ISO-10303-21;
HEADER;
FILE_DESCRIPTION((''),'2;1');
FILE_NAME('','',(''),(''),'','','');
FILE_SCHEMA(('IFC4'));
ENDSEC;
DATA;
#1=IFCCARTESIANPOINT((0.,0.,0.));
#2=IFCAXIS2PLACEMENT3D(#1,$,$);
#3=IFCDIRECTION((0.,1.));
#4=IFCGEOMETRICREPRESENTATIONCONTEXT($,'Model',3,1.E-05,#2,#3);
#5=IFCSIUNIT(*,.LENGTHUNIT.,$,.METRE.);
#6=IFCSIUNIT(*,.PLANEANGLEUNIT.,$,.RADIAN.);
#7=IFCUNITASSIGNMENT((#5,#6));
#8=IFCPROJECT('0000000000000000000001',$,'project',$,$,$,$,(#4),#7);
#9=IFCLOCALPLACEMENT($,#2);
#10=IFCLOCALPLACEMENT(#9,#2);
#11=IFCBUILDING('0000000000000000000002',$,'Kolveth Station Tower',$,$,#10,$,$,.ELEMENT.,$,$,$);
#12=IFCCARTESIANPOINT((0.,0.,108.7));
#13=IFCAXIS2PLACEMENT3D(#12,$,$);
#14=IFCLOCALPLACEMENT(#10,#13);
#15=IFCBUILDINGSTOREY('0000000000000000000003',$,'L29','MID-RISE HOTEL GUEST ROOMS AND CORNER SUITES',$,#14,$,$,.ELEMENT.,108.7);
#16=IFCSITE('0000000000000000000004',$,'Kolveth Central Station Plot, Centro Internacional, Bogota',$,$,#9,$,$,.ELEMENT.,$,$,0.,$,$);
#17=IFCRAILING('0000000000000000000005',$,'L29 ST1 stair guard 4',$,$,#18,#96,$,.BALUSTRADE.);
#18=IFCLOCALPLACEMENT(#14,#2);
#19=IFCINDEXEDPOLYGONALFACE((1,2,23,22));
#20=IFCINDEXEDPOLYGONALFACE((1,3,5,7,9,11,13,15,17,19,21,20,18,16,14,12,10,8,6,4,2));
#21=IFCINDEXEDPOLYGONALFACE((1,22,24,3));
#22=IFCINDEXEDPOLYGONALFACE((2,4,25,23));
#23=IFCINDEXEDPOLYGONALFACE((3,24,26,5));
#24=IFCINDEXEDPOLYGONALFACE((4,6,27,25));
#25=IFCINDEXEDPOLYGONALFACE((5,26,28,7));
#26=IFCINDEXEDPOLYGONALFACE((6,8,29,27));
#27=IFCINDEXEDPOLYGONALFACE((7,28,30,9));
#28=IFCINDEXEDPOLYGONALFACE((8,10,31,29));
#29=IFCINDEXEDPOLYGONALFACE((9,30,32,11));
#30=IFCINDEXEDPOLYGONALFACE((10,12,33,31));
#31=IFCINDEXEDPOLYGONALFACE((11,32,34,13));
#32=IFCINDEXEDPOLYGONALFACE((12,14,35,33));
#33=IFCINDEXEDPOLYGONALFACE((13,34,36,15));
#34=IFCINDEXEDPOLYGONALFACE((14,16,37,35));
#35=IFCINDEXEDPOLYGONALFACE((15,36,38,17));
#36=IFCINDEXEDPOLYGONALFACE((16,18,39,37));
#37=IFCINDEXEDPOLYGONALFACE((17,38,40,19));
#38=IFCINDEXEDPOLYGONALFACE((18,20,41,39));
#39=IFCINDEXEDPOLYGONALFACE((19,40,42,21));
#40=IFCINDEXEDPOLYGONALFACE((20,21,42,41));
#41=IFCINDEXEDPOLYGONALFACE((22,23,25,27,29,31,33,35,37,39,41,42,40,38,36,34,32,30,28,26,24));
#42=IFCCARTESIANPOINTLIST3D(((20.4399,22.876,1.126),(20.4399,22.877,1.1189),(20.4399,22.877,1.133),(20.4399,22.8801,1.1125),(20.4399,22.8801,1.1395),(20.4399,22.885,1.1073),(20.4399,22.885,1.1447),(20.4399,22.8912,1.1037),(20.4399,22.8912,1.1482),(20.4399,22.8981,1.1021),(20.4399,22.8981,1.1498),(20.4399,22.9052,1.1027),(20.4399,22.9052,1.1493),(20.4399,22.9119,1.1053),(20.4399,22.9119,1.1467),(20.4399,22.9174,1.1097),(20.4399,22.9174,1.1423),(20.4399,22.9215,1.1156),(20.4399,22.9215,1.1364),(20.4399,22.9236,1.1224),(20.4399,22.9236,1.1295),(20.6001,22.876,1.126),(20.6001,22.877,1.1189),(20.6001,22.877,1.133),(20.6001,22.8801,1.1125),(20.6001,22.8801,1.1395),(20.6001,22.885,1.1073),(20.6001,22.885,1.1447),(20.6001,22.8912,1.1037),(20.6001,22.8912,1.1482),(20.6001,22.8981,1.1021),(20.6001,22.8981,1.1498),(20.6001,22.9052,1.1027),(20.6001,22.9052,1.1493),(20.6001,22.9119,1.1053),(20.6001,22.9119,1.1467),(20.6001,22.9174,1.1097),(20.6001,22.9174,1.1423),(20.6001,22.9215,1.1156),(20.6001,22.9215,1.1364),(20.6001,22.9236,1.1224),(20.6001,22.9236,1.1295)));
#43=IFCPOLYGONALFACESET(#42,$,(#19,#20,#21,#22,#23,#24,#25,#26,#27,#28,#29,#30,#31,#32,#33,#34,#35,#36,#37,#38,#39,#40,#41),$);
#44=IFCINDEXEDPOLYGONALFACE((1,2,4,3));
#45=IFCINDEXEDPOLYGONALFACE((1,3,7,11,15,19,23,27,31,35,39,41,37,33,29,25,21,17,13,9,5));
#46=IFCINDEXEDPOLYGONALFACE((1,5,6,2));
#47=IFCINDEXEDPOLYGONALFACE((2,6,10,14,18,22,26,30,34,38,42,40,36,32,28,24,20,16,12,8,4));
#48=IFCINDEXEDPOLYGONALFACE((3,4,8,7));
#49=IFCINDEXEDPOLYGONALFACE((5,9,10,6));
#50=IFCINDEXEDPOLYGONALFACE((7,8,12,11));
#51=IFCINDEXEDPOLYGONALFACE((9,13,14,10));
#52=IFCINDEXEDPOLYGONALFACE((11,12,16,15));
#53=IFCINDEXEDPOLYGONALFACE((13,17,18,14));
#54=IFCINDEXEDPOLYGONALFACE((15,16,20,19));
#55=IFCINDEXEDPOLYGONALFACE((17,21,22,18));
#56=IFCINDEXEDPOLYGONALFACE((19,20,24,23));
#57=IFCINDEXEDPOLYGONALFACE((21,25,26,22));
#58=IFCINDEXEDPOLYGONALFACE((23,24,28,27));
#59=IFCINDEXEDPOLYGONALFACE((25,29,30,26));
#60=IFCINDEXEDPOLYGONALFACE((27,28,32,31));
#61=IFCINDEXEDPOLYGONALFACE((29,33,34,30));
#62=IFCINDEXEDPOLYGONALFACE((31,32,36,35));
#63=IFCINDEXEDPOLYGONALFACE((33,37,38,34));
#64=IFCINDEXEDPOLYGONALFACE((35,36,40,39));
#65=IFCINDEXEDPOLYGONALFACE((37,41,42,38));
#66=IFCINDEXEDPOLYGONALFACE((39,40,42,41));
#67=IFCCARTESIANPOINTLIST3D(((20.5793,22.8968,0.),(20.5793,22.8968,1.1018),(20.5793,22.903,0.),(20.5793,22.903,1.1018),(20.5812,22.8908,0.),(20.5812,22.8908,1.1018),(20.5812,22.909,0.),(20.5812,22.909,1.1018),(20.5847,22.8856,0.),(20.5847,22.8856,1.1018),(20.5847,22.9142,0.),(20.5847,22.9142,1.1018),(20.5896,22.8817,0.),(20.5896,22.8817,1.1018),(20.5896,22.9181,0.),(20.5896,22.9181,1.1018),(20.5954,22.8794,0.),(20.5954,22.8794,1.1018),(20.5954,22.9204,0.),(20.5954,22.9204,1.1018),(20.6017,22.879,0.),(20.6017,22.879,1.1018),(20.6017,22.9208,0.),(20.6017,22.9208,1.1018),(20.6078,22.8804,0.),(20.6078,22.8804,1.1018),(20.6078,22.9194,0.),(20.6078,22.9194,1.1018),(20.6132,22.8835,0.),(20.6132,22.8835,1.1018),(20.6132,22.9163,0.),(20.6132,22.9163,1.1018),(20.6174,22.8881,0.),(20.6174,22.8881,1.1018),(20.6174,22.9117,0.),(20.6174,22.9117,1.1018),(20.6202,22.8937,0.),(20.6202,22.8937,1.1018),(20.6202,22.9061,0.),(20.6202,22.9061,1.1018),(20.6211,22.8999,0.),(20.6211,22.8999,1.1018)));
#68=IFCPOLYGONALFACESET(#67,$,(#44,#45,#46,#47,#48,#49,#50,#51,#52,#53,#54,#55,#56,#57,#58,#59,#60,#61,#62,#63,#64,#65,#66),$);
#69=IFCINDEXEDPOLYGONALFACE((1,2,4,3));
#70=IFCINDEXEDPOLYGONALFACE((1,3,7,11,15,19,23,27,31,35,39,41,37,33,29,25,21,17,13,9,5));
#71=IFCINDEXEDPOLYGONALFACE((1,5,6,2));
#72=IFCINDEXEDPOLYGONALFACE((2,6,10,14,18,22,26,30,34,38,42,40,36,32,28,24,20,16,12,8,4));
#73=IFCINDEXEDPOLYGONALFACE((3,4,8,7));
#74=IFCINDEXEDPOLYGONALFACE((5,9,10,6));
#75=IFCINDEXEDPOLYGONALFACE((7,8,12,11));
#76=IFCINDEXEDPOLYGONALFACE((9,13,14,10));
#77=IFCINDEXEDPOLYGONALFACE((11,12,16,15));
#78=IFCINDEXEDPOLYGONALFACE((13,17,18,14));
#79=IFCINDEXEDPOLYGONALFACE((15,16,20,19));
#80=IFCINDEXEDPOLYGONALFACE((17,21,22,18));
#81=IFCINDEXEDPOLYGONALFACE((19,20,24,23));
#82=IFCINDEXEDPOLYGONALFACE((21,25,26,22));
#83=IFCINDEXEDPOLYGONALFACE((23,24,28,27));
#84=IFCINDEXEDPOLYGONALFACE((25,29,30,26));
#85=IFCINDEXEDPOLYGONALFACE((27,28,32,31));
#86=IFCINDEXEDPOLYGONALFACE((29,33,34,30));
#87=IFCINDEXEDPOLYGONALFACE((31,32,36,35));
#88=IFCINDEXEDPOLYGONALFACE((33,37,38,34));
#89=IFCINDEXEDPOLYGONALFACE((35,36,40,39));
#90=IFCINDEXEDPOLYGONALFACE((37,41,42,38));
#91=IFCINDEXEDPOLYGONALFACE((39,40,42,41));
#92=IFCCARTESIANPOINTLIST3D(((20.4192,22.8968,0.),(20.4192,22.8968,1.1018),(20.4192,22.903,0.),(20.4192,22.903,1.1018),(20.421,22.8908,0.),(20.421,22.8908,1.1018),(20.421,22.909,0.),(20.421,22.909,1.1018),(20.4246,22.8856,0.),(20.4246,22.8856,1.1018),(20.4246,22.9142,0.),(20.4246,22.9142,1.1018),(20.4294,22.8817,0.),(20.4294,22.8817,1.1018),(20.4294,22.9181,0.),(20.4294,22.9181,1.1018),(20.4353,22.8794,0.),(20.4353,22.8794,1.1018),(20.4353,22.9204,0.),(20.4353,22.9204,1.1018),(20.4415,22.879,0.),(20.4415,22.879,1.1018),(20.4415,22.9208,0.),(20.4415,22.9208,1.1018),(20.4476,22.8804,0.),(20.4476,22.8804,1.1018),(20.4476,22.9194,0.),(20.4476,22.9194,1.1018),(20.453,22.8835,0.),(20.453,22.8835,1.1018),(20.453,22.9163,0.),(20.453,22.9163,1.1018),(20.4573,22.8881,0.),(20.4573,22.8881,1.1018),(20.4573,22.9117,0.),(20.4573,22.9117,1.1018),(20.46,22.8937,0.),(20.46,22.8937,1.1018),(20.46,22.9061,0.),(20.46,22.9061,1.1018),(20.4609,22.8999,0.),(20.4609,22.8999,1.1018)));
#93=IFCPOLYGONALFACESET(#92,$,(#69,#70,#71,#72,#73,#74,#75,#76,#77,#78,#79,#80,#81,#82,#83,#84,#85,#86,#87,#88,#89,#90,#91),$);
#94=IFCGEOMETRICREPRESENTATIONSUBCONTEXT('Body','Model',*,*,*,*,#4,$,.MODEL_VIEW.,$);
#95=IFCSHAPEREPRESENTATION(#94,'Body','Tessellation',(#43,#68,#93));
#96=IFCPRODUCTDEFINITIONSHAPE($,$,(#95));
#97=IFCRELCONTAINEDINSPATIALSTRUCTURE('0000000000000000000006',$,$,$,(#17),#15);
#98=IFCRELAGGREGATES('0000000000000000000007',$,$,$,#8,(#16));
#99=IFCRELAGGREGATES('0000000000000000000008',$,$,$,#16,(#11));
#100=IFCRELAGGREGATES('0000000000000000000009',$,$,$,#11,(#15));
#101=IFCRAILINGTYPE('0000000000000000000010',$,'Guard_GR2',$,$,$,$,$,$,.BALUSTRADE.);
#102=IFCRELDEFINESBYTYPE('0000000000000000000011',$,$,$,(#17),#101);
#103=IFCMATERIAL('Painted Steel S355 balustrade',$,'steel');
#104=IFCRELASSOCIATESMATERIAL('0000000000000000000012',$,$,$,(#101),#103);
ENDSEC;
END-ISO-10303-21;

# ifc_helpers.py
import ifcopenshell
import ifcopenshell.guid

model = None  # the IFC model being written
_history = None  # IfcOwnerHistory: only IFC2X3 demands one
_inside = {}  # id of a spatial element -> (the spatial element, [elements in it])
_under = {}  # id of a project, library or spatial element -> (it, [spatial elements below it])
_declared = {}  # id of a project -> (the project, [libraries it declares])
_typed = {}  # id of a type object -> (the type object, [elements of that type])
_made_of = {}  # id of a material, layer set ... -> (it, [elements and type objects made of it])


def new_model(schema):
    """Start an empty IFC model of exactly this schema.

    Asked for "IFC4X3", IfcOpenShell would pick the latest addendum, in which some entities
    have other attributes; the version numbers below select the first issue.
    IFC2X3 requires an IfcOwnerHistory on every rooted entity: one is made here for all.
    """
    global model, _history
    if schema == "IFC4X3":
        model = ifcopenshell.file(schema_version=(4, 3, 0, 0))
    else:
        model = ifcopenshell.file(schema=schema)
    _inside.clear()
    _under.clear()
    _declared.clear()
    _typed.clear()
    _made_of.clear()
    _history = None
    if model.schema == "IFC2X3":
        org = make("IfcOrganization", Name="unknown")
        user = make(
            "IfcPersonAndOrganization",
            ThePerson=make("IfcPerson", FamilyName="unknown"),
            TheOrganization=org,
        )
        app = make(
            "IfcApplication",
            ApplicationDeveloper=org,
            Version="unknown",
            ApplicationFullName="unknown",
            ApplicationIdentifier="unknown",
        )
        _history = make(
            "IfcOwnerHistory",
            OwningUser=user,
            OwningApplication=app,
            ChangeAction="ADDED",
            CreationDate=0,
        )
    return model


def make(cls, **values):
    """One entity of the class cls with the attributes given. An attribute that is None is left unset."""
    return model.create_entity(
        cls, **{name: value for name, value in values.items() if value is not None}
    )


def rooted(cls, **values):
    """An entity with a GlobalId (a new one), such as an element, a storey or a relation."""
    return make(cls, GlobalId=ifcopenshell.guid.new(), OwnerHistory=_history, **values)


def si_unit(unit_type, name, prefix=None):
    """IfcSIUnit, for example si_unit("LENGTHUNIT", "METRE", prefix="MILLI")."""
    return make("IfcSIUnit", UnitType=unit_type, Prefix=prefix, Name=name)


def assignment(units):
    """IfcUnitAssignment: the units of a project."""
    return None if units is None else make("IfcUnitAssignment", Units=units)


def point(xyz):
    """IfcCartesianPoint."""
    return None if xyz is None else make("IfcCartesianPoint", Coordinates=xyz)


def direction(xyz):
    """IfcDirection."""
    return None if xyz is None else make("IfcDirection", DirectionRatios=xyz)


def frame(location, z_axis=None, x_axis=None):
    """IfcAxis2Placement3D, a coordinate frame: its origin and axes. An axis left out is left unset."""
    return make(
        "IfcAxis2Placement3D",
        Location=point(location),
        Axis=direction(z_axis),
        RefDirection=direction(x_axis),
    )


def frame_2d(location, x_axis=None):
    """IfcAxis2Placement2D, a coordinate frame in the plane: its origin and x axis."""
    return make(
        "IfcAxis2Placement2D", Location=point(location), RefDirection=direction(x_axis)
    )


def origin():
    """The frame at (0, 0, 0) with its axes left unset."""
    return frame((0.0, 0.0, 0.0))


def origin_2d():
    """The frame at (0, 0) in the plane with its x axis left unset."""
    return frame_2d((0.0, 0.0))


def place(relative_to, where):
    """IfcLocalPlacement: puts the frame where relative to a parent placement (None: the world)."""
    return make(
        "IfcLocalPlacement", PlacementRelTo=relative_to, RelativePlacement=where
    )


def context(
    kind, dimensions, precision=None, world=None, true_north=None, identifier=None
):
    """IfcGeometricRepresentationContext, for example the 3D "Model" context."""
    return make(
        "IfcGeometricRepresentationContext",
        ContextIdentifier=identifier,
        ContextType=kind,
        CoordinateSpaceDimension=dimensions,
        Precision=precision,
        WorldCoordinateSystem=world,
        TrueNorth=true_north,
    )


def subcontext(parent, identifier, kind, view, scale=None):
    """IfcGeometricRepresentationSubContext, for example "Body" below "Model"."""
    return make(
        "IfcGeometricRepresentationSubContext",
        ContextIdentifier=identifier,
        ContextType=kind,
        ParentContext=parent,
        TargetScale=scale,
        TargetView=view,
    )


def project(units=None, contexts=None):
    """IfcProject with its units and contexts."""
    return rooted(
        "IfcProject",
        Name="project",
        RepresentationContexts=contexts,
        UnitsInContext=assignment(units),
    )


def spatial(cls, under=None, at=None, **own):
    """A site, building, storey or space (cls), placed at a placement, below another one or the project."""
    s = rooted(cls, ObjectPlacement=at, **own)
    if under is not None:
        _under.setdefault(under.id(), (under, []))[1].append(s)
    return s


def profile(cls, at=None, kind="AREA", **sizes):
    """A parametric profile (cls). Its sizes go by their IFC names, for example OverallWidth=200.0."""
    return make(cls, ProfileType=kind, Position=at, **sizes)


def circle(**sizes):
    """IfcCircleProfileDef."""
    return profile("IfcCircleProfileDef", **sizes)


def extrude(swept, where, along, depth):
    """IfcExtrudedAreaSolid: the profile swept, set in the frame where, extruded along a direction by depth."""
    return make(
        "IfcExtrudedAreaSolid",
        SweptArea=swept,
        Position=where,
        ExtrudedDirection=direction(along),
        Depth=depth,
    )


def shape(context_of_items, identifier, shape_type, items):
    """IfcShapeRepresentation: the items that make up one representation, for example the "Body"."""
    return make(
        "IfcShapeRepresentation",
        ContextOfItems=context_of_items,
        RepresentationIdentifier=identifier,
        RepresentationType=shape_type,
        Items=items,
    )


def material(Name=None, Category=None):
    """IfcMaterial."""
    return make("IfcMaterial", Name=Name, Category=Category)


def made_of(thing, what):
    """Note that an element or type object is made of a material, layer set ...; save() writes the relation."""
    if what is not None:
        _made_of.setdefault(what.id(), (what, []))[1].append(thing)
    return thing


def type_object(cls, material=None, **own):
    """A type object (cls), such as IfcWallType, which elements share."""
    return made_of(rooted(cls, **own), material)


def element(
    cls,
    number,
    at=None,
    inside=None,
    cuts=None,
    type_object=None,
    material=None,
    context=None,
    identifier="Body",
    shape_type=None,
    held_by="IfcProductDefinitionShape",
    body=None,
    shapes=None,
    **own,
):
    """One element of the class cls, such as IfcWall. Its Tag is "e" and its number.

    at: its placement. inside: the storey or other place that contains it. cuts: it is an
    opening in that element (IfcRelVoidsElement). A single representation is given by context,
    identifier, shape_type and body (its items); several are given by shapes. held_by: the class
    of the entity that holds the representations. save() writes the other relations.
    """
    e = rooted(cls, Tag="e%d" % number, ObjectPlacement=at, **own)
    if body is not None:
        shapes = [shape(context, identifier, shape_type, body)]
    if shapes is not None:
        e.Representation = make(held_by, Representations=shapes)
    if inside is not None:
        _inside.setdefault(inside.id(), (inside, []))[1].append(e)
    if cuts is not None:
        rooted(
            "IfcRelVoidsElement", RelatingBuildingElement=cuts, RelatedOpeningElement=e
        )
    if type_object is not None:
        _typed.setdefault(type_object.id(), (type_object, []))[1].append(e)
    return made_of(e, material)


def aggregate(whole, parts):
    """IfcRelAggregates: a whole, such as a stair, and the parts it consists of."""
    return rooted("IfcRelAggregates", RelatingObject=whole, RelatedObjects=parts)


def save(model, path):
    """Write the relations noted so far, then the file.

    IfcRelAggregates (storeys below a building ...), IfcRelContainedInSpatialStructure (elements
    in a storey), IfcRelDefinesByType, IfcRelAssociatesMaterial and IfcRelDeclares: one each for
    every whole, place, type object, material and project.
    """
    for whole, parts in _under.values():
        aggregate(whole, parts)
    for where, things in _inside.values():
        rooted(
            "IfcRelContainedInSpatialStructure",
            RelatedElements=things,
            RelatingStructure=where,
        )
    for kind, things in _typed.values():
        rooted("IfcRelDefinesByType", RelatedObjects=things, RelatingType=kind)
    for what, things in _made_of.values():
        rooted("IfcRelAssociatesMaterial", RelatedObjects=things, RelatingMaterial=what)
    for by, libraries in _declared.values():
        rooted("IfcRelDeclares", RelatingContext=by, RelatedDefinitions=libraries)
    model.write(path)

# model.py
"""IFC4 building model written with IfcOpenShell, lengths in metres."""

from ifc_helpers import new_model, si_unit, direction, frame, origin, origin_2d, place, context, subcontext, project, spatial, circle, extrude, material, type_object, element, save


model = new_model("IFC4")

# Units and contexts
model_context = context("Model", 3, precision=1e-05, world=origin(), true_north=direction((0.0, 1.0)))
body_context = subcontext(model_context, "Body", "Model", "MODEL_VIEW")
ifc_project = project(units=[si_unit("LENGTHUNIT", "METRE"), si_unit("PLANEANGLEUNIT", "RADIAN")], contexts=[model_context])

# Site, building, storey
site_placement = place(None, origin())
site = spatial("IfcSite", under=ifc_project, at=site_placement, Name="Kolveth Central Station Plot, Centro Internacional, Bogota", CompositionType="ELEMENT", RefElevation=0.0)
building_placement = place(site_placement, origin())
building = spatial("IfcBuilding", under=site, at=building_placement, Name="Kolveth Station Tower", CompositionType="ELEMENT")
storey_placement = place(building_placement, frame((0.0, 0.0, 108.7)))
storey = spatial("IfcBuildingStorey", under=building, at=storey_placement, Name="L29", Description="MID-RISE HOTEL GUEST ROOMS AND CORNER SUITES", CompositionType="ELEMENT", Elevation=108.7)

# Railing
ifc_material_1 = material(Name="Painted Steel S355 balustrade", Category="steel")
railing_type_1 = type_object("IfcRailingType", Name="Guard_GR2", PredefinedType="BALUSTRADE", material=ifc_material_1)
railing_1_placement = place(storey_placement, frame((20.6001, 22.8999, 0.0)))
element("IfcRailing", 1, at=railing_1_placement, inside=storey, type_object=railing_type_1, Name="L29 ST1 stair guard 4", PredefinedType="BALUSTRADE", context=body_context, shape_type="SweptSolid", body=[
    extrude(circle(Radius=0.0239, at=origin_2d()), frame((0.0, 0.0, 1.126), z_axis=(-1.0, 0.0, 0.0), x_axis=(0.0, -1.0, 0.0)), (0.0, 0.0, 1.0), 0.1602),
    extrude(circle(Radius=0.021, at=origin_2d()), origin(), (0.0, 0.0, 1.0), 1.1018),
    extrude(circle(Radius=0.021, at=origin_2d()), frame((-0.1602, 0.0, 0.0)), (0.0, 0.0, 1.0), 1.1018),
])

save(model, "model.ifc")
